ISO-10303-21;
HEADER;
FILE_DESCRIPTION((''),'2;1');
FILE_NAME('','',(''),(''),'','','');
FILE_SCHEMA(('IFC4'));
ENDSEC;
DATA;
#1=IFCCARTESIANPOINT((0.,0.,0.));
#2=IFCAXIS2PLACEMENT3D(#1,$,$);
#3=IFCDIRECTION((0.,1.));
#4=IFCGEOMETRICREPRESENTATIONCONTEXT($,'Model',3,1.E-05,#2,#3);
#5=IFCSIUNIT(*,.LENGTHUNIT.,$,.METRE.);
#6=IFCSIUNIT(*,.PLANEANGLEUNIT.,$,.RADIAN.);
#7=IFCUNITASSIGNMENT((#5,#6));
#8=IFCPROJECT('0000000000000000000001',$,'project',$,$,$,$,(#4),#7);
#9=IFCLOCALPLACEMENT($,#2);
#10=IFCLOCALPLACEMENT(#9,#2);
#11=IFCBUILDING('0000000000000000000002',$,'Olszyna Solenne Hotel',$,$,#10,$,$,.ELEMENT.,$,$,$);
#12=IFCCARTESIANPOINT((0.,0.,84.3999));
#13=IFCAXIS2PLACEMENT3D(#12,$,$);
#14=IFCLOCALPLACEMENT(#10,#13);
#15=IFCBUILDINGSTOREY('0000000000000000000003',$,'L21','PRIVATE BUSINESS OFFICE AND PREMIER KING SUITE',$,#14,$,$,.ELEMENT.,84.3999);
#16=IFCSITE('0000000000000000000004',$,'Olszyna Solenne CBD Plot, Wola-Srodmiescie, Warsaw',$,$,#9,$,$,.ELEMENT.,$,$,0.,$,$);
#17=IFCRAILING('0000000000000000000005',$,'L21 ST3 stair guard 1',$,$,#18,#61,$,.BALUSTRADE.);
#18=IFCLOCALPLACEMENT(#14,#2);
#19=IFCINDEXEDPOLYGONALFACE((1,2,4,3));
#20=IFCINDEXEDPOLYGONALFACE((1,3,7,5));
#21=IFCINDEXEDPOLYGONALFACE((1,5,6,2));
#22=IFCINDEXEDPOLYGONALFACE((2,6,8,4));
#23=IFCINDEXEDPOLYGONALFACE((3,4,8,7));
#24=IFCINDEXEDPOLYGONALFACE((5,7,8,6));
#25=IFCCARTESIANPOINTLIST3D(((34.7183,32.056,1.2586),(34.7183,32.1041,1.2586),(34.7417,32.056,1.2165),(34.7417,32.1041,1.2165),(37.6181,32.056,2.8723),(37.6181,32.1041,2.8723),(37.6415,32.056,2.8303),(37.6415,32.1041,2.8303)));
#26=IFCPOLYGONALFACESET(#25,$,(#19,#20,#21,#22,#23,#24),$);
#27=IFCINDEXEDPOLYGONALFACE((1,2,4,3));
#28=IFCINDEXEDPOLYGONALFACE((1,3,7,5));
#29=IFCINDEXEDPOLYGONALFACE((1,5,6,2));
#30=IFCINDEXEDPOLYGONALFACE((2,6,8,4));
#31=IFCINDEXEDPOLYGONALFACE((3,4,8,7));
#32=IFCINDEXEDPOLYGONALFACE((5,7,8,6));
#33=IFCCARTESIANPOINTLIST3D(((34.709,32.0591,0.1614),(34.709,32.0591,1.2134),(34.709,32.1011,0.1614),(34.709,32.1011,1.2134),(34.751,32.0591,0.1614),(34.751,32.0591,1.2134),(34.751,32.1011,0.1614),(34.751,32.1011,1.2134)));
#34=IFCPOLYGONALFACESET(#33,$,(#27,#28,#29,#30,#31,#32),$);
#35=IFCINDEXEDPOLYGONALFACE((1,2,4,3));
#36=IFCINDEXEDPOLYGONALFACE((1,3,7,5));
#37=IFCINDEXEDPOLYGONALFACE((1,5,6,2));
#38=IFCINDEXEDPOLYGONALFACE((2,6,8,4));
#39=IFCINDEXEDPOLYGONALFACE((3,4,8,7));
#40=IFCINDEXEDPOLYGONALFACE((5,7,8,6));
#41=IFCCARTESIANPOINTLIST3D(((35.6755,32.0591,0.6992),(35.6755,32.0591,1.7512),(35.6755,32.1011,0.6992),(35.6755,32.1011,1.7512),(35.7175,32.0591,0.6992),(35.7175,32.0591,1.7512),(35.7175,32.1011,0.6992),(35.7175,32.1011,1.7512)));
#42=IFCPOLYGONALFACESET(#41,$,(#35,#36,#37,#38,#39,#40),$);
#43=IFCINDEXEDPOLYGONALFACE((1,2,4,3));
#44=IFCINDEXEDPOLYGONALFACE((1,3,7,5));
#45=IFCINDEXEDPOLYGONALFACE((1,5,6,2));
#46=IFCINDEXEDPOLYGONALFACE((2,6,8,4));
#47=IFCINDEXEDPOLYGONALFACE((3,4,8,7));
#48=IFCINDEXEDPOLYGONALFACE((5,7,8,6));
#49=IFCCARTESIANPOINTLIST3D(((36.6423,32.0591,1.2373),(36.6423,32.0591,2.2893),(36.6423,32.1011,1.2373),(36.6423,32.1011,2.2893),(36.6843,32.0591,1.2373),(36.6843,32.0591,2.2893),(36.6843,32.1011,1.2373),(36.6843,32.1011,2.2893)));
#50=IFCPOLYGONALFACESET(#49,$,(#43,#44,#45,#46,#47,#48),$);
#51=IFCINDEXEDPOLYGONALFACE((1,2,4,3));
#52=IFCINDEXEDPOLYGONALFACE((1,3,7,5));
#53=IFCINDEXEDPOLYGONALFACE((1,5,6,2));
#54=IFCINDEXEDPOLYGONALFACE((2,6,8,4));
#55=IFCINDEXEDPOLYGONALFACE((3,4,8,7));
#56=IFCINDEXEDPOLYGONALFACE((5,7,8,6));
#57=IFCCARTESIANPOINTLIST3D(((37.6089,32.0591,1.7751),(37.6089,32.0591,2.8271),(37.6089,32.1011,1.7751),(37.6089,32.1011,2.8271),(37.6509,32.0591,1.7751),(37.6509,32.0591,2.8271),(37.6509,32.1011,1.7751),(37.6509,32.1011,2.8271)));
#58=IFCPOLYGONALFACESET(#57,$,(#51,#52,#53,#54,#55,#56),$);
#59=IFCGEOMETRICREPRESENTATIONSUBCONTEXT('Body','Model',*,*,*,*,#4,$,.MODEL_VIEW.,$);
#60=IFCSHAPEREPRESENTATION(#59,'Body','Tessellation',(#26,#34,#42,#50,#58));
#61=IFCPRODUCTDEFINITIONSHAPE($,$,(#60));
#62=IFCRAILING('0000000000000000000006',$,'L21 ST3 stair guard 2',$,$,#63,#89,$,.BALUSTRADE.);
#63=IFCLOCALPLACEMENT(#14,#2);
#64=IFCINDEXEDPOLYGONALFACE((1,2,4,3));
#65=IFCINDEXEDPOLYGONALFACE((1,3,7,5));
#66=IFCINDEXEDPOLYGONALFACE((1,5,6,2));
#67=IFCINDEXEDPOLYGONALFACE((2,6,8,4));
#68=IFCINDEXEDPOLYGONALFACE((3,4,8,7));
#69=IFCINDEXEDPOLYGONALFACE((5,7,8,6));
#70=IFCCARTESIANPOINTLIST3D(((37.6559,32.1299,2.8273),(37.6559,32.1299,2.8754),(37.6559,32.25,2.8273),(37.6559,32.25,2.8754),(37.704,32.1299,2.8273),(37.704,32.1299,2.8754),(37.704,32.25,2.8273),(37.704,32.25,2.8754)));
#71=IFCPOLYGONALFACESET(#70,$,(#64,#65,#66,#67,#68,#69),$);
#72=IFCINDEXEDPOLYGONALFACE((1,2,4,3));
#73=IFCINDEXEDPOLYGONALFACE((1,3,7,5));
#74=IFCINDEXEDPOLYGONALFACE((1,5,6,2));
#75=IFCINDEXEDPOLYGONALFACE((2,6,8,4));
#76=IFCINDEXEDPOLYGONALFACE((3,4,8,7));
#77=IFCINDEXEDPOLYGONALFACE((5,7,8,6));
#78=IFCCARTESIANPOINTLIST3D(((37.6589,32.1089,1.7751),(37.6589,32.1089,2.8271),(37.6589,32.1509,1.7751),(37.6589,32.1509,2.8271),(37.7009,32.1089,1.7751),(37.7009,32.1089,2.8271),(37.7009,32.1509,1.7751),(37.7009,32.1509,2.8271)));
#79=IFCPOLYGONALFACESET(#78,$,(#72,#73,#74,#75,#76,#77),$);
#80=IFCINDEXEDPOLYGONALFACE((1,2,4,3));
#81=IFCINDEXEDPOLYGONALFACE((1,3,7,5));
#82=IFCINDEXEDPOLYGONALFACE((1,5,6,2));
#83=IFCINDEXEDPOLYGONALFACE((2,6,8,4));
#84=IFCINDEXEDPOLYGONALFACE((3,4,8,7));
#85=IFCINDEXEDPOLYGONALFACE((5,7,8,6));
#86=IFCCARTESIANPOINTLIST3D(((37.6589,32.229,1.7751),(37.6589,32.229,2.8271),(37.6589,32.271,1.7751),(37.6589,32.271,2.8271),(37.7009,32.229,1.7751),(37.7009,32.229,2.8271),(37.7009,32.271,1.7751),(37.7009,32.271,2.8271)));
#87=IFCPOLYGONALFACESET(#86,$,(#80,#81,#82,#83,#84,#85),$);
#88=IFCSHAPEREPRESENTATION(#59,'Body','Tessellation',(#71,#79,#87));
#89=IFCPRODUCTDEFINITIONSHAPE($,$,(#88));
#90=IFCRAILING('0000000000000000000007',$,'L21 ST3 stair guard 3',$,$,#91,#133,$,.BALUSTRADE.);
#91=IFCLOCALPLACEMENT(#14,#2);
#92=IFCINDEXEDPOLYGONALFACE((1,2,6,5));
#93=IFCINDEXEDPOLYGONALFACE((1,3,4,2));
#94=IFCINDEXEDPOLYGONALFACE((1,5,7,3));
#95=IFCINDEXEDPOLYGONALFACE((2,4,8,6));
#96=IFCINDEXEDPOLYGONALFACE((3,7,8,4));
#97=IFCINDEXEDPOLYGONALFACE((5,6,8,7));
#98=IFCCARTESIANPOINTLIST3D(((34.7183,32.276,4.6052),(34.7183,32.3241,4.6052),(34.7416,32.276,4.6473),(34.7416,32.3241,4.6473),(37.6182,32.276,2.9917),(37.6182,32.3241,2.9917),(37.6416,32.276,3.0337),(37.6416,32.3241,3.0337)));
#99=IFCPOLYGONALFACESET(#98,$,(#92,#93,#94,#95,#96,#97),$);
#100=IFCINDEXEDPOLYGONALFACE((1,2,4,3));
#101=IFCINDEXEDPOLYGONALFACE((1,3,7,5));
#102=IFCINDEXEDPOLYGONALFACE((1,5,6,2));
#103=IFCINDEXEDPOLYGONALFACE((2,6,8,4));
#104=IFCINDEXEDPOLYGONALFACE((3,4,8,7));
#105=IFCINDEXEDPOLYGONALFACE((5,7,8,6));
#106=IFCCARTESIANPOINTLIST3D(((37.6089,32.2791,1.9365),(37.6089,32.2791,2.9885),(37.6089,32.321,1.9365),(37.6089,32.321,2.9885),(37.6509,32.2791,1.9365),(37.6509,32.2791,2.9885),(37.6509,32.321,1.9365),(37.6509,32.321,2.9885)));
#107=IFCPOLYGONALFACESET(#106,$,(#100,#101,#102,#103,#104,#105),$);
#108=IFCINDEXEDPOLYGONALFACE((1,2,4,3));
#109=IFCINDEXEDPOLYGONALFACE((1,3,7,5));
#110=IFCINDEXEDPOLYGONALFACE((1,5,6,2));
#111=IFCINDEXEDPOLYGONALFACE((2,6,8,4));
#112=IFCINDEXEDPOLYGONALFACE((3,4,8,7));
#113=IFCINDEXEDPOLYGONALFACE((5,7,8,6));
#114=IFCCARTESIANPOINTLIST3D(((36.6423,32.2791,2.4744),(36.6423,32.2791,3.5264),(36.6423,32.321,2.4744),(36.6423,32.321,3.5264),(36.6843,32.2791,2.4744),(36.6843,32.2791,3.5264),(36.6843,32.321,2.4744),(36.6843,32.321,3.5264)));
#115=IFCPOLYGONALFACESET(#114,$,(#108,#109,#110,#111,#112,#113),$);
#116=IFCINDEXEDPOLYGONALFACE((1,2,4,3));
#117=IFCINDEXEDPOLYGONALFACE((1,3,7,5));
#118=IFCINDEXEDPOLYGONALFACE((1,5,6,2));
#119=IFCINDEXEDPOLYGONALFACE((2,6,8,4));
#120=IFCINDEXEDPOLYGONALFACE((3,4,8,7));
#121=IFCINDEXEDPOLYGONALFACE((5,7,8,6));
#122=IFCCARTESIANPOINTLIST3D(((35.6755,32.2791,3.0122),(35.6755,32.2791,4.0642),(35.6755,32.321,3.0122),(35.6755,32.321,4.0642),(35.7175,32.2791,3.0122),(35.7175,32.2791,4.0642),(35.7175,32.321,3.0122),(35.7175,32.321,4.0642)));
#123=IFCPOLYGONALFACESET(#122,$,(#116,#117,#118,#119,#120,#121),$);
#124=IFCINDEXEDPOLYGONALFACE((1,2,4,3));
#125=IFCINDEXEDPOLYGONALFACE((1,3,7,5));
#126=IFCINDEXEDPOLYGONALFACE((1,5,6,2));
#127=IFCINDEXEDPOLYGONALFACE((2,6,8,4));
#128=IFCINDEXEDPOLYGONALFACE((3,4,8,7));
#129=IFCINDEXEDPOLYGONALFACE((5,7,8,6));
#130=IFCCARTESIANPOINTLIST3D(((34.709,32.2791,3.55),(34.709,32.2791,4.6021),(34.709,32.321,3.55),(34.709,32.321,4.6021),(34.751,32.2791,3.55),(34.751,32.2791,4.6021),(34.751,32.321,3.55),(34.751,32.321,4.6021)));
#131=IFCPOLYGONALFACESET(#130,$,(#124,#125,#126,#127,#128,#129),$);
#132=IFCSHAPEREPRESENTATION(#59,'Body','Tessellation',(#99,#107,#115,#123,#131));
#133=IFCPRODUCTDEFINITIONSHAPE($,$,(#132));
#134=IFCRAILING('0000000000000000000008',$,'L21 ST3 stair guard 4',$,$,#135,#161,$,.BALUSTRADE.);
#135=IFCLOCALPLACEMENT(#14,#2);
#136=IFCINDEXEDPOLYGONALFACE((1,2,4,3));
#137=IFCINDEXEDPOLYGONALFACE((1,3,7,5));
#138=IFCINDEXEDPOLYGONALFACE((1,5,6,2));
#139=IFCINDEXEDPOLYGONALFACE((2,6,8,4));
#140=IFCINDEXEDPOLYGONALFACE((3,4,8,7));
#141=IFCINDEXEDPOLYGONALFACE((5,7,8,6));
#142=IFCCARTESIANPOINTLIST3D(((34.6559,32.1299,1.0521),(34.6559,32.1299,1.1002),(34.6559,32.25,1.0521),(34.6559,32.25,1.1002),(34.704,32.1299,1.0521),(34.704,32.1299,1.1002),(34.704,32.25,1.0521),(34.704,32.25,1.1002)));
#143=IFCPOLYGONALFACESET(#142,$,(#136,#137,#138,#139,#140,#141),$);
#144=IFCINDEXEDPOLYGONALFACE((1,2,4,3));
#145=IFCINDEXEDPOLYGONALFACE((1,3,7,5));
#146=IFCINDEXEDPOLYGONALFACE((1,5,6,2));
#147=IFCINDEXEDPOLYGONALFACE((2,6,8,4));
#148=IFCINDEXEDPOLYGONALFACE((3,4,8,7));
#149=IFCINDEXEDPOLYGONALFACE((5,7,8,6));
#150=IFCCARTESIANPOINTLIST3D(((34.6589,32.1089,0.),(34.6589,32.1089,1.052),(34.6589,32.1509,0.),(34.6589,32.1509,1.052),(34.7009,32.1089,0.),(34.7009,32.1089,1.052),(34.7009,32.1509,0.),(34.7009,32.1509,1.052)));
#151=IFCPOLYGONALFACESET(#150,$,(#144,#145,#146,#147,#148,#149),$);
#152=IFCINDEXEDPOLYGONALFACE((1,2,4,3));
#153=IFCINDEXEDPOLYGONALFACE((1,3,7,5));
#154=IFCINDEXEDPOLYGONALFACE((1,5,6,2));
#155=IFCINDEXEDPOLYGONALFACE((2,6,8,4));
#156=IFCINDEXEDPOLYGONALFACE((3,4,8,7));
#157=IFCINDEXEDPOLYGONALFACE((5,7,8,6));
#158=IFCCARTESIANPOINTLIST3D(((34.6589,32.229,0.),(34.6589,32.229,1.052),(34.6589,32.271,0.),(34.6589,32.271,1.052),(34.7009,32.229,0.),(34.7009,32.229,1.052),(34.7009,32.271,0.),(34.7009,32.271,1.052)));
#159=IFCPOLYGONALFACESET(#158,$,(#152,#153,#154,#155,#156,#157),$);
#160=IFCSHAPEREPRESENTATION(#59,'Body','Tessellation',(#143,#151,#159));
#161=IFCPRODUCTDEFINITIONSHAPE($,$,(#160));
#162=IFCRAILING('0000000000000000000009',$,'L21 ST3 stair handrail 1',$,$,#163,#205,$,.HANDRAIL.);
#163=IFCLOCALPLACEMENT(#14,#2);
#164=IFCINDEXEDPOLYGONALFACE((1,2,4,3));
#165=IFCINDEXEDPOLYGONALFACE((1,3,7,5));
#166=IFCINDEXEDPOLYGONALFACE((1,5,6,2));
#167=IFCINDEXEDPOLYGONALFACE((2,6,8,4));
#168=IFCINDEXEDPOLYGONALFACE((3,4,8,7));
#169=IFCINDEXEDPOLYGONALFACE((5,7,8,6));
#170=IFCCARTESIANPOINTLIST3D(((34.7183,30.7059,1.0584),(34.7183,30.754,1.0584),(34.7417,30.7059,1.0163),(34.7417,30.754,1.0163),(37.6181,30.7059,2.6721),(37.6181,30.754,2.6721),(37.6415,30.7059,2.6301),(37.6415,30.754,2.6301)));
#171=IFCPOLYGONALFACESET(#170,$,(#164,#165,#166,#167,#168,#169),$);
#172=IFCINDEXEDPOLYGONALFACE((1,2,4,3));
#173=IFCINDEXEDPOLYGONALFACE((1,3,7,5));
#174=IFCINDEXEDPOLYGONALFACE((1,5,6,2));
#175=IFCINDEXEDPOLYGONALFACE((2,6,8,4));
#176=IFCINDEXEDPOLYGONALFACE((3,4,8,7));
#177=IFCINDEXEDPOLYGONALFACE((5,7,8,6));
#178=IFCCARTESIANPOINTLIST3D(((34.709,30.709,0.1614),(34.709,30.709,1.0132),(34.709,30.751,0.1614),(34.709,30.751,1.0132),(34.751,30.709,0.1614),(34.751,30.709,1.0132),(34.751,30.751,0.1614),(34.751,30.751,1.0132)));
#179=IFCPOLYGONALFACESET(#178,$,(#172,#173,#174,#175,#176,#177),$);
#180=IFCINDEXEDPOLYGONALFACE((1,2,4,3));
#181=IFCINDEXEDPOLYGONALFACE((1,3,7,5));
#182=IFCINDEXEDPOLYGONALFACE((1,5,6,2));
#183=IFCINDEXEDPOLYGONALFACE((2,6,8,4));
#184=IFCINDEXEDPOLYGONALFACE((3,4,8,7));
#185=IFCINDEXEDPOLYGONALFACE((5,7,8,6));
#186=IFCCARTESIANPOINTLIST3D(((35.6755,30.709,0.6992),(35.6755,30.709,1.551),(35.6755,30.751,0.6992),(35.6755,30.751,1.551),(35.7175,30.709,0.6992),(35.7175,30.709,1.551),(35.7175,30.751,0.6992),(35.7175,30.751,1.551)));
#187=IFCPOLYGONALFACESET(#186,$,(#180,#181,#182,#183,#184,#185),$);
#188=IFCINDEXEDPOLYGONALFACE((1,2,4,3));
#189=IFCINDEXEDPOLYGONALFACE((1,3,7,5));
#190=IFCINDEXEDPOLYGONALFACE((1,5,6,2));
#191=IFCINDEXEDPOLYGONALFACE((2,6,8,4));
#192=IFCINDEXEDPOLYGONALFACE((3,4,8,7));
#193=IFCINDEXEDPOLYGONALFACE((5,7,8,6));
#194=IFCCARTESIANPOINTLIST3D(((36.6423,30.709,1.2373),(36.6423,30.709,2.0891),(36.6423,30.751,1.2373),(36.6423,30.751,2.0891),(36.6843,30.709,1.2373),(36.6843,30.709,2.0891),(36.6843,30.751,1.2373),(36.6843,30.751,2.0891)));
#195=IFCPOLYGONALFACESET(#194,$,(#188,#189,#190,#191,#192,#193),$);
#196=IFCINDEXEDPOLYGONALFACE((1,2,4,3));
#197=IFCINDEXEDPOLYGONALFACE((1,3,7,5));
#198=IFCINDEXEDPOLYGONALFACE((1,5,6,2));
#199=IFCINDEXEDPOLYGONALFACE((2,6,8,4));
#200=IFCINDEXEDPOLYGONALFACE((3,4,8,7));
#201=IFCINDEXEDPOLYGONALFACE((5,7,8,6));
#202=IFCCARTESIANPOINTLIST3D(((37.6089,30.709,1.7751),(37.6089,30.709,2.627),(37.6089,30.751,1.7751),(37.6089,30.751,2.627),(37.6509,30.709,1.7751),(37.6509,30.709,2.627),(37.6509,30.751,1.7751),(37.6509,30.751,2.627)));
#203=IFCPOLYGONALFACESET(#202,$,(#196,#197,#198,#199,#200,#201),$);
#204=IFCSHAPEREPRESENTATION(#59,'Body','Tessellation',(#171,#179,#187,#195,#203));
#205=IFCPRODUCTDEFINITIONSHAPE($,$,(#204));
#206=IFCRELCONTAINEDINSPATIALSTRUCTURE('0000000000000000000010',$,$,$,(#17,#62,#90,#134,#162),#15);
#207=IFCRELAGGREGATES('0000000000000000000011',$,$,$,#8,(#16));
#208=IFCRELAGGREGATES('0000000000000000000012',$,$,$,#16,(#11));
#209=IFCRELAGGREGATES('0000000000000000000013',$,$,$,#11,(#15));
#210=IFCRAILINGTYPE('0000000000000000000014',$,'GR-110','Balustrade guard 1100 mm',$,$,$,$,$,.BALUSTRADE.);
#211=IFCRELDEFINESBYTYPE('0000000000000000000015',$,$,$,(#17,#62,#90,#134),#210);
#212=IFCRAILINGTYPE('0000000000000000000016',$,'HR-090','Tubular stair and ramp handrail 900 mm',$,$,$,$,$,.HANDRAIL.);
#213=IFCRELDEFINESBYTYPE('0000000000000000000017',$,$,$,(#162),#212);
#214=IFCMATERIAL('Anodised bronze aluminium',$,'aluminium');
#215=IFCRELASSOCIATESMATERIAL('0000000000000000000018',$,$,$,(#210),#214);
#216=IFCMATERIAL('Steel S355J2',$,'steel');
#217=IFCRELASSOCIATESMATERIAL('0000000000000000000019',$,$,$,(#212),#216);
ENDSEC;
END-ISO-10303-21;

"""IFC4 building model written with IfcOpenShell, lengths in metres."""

from ifc_helpers import new_model, si_unit, direction, frame, origin, origin_2d, place, context, subcontext, project, spatial, rectangle, extrude, material, type_object, element, save


model = new_model("IFC4")

# Units and contexts
model_context = context("Model", 3, precision=1e-05, world=origin(), true_north=direction((0.0, 1.0)))
body_context = subcontext(model_context, "Body", "Model", "MODEL_VIEW")
ifc_project = project(units=[si_unit("LENGTHUNIT", "METRE"), si_unit("PLANEANGLEUNIT", "RADIAN")], contexts=[model_context])

# Site, building, storey
site_placement = place(None, origin())
site = spatial("IfcSite", under=ifc_project, at=site_placement, Name="Olszyna Solenne CBD Plot, Wola-Srodmiescie, Warsaw", CompositionType="ELEMENT", RefElevation=0.0)
building_placement = place(site_placement, origin())
building = spatial("IfcBuilding", under=site, at=building_placement, Name="Olszyna Solenne Hotel", CompositionType="ELEMENT")
storey_placement = place(building_placement, frame((0.0, 0.0, 84.3999)))
storey = spatial("IfcBuildingStorey", under=building, at=storey_placement, Name="L21", Description="PRIVATE BUSINESS OFFICE AND PREMIER KING SUITE", CompositionType="ELEMENT", Elevation=84.3999)

# Shared definitions
ifc_material_1 = material(Name="Steel S355J2", Category="steel")

# Railings
ifc_material_2 = material(Name="Anodised bronze aluminium", Category="aluminium")
railing_type_1 = type_object("IfcRailingType", Name="GR-110", Description="Balustrade guard 1100 mm", PredefinedType="BALUSTRADE", material=ifc_material_2)
railing_1_placement = place(storey_placement, frame((34.73, 32.0801, 0.1614)))
element("IfcRailing", 1, at=railing_1_placement, inside=storey, type_object=railing_type_1, Name="L21 ST3 stair guard 1", PredefinedType="BALUSTRADE", context=body_context, shape_type="SweptSolid", body=[
    extrude(rectangle(XDim=0.0481, YDim=0.0481, at=origin_2d()), frame((0.0, 0.0, 1.0762), z_axis=(0.87381, 0.0, 0.486267), x_axis=(0.0, 1.0, 0.0)), (0.0, 0.0, 1.0), 3.3186),
    extrude(rectangle(XDim=0.042, YDim=0.042, at=origin_2d()), origin(), (0.0, 0.0, 1.0), 1.052),
    extrude(rectangle(XDim=0.042, YDim=0.042, at=origin_2d()), frame((0.9666, 0.0, 0.5378)), (0.0, 0.0, 1.0), 1.052),
    extrude(rectangle(XDim=0.042, YDim=0.042, at=origin_2d()), frame((1.9333, 0.0, 1.0759)), (0.0, 0.0, 1.0), 1.052),
    extrude(rectangle(XDim=0.042, YDim=0.042, at=origin_2d()), frame((2.8999, 0.0, 1.6138)), (0.0, 0.0, 1.0), 1.052),
])
railing_2_placement = place(storey_placement, frame((37.6799, 32.1299, 1.7751)))
element("IfcRailing", 2, at=railing_2_placement, inside=storey, type_object=railing_type_1, Name="L21 ST3 stair guard 2", PredefinedType="BALUSTRADE", context=body_context, shape_type="SweptSolid", body=[
    extrude(rectangle(XDim=0.0481, YDim=0.0481, at=origin_2d()), frame((0.0, 0.0, 1.0762), z_axis=(0.0, 1.0, 0.0), x_axis=(-1.0, 0.0, 0.0)), (0.0, 0.0, 1.0), 0.1201),
    extrude(rectangle(XDim=0.042, YDim=0.042, at=origin_2d()), origin(), (0.0, 0.0, 1.0), 1.052),
    extrude(rectangle(XDim=0.042, YDim=0.042, at=origin_2d()), frame((0.0, 0.1201, 0.0)), (0.0, 0.0, 1.0), 1.052),
])
railing_3_placement = place(storey_placement, frame((37.6299, 32.3, 1.9365)))
element("IfcRailing", 3, at=railing_3_placement, inside=storey, type_object=railing_type_1, Name="L21 ST3 stair guard 3", PredefinedType="BALUSTRADE", context=body_context, shape_type="SweptSolid", body=[
    extrude(rectangle(XDim=0.0481, YDim=0.0481, at=origin_2d()), frame((0.0, 0.0, 1.0762), z_axis=(-0.873841, 0.0, 0.486211), x_axis=(0.0, -1.0, 0.0)), (0.0, 0.0, 1.0), 3.3186),
    extrude(rectangle(XDim=0.042, YDim=0.042, at=origin_2d()), origin(), (0.0, 0.0, 1.0), 1.052),
    extrude(rectangle(XDim=0.042, YDim=0.042, at=origin_2d()), frame((-0.9666, 0.0, 0.5378)), (0.0, 0.0, 1.0), 1.052),
    extrude(rectangle(XDim=0.042, YDim=0.042, at=origin_2d()), frame((-1.9333, 0.0, 1.0757)), (0.0, 0.0, 1.0), 1.052),
    extrude(rectangle(XDim=0.042, YDim=0.042, at=origin_2d()), frame((-2.8999, 0.0, 1.6135)), (0.0, 0.0, 1.0), 1.052),
])
railing_4_placement = place(storey_placement, frame((34.6799, 32.1299, 0.0)))
element("IfcRailing", 4, at=railing_4_placement, inside=storey, type_object=railing_type_1, Name="L21 ST3 stair guard 4", PredefinedType="BALUSTRADE", context=body_context, shape_type="SweptSolid", body=[
    extrude(rectangle(XDim=0.0481, YDim=0.0481, at=origin_2d()), frame((0.0, 0.0, 1.0762), z_axis=(0.0, 1.0, 0.0), x_axis=(-1.0, 0.0, 0.0)), (0.0, 0.0, 1.0), 0.1201),
    extrude(rectangle(XDim=0.042, YDim=0.042, at=origin_2d()), origin(), (0.0, 0.0, 1.0), 1.052),
    extrude(rectangle(XDim=0.042, YDim=0.042, at=origin_2d()), frame((0.0, 0.1201, 0.0)), (0.0, 0.0, 1.0), 1.052),
])
railing_type_2 = type_object("IfcRailingType", Name="HR-090", Description="Tubular stair and ramp handrail 900 mm", PredefinedType="HANDRAIL", material=ifc_material_1)
railing_5_placement = place(storey_placement, frame((34.73, 30.73, 0.1614)))
element("IfcRailing", 5, at=railing_5_placement, inside=storey, type_object=railing_type_2, Name="L21 ST3 stair handrail 1", PredefinedType="HANDRAIL", context=body_context, shape_type="SweptSolid", body=[
    extrude(rectangle(XDim=0.0481, YDim=0.0481, at=origin_2d()), frame((0.0, 0.0, 0.876), z_axis=(0.87381, 0.0, 0.486267), x_axis=(0.0, 1.0, 0.0)), (0.0, 0.0, 1.0), 3.3186),
    extrude(rectangle(XDim=0.042, YDim=0.042, at=origin_2d()), origin(), (0.0, 0.0, 1.0), 0.8518),
    extrude(rectangle(XDim=0.042, YDim=0.042, at=origin_2d()), frame((0.9666, 0.0, 0.5378)), (0.0, 0.0, 1.0), 0.8518),
    extrude(rectangle(XDim=0.042, YDim=0.042, at=origin_2d()), frame((1.9333, 0.0, 1.0759)), (0.0, 0.0, 1.0), 0.8518),
    extrude(rectangle(XDim=0.042, YDim=0.042, at=origin_2d()), frame((2.8999, 0.0, 1.6138)), (0.0, 0.0, 1.0), 0.8518),
])

save(model, "model.ifc")
